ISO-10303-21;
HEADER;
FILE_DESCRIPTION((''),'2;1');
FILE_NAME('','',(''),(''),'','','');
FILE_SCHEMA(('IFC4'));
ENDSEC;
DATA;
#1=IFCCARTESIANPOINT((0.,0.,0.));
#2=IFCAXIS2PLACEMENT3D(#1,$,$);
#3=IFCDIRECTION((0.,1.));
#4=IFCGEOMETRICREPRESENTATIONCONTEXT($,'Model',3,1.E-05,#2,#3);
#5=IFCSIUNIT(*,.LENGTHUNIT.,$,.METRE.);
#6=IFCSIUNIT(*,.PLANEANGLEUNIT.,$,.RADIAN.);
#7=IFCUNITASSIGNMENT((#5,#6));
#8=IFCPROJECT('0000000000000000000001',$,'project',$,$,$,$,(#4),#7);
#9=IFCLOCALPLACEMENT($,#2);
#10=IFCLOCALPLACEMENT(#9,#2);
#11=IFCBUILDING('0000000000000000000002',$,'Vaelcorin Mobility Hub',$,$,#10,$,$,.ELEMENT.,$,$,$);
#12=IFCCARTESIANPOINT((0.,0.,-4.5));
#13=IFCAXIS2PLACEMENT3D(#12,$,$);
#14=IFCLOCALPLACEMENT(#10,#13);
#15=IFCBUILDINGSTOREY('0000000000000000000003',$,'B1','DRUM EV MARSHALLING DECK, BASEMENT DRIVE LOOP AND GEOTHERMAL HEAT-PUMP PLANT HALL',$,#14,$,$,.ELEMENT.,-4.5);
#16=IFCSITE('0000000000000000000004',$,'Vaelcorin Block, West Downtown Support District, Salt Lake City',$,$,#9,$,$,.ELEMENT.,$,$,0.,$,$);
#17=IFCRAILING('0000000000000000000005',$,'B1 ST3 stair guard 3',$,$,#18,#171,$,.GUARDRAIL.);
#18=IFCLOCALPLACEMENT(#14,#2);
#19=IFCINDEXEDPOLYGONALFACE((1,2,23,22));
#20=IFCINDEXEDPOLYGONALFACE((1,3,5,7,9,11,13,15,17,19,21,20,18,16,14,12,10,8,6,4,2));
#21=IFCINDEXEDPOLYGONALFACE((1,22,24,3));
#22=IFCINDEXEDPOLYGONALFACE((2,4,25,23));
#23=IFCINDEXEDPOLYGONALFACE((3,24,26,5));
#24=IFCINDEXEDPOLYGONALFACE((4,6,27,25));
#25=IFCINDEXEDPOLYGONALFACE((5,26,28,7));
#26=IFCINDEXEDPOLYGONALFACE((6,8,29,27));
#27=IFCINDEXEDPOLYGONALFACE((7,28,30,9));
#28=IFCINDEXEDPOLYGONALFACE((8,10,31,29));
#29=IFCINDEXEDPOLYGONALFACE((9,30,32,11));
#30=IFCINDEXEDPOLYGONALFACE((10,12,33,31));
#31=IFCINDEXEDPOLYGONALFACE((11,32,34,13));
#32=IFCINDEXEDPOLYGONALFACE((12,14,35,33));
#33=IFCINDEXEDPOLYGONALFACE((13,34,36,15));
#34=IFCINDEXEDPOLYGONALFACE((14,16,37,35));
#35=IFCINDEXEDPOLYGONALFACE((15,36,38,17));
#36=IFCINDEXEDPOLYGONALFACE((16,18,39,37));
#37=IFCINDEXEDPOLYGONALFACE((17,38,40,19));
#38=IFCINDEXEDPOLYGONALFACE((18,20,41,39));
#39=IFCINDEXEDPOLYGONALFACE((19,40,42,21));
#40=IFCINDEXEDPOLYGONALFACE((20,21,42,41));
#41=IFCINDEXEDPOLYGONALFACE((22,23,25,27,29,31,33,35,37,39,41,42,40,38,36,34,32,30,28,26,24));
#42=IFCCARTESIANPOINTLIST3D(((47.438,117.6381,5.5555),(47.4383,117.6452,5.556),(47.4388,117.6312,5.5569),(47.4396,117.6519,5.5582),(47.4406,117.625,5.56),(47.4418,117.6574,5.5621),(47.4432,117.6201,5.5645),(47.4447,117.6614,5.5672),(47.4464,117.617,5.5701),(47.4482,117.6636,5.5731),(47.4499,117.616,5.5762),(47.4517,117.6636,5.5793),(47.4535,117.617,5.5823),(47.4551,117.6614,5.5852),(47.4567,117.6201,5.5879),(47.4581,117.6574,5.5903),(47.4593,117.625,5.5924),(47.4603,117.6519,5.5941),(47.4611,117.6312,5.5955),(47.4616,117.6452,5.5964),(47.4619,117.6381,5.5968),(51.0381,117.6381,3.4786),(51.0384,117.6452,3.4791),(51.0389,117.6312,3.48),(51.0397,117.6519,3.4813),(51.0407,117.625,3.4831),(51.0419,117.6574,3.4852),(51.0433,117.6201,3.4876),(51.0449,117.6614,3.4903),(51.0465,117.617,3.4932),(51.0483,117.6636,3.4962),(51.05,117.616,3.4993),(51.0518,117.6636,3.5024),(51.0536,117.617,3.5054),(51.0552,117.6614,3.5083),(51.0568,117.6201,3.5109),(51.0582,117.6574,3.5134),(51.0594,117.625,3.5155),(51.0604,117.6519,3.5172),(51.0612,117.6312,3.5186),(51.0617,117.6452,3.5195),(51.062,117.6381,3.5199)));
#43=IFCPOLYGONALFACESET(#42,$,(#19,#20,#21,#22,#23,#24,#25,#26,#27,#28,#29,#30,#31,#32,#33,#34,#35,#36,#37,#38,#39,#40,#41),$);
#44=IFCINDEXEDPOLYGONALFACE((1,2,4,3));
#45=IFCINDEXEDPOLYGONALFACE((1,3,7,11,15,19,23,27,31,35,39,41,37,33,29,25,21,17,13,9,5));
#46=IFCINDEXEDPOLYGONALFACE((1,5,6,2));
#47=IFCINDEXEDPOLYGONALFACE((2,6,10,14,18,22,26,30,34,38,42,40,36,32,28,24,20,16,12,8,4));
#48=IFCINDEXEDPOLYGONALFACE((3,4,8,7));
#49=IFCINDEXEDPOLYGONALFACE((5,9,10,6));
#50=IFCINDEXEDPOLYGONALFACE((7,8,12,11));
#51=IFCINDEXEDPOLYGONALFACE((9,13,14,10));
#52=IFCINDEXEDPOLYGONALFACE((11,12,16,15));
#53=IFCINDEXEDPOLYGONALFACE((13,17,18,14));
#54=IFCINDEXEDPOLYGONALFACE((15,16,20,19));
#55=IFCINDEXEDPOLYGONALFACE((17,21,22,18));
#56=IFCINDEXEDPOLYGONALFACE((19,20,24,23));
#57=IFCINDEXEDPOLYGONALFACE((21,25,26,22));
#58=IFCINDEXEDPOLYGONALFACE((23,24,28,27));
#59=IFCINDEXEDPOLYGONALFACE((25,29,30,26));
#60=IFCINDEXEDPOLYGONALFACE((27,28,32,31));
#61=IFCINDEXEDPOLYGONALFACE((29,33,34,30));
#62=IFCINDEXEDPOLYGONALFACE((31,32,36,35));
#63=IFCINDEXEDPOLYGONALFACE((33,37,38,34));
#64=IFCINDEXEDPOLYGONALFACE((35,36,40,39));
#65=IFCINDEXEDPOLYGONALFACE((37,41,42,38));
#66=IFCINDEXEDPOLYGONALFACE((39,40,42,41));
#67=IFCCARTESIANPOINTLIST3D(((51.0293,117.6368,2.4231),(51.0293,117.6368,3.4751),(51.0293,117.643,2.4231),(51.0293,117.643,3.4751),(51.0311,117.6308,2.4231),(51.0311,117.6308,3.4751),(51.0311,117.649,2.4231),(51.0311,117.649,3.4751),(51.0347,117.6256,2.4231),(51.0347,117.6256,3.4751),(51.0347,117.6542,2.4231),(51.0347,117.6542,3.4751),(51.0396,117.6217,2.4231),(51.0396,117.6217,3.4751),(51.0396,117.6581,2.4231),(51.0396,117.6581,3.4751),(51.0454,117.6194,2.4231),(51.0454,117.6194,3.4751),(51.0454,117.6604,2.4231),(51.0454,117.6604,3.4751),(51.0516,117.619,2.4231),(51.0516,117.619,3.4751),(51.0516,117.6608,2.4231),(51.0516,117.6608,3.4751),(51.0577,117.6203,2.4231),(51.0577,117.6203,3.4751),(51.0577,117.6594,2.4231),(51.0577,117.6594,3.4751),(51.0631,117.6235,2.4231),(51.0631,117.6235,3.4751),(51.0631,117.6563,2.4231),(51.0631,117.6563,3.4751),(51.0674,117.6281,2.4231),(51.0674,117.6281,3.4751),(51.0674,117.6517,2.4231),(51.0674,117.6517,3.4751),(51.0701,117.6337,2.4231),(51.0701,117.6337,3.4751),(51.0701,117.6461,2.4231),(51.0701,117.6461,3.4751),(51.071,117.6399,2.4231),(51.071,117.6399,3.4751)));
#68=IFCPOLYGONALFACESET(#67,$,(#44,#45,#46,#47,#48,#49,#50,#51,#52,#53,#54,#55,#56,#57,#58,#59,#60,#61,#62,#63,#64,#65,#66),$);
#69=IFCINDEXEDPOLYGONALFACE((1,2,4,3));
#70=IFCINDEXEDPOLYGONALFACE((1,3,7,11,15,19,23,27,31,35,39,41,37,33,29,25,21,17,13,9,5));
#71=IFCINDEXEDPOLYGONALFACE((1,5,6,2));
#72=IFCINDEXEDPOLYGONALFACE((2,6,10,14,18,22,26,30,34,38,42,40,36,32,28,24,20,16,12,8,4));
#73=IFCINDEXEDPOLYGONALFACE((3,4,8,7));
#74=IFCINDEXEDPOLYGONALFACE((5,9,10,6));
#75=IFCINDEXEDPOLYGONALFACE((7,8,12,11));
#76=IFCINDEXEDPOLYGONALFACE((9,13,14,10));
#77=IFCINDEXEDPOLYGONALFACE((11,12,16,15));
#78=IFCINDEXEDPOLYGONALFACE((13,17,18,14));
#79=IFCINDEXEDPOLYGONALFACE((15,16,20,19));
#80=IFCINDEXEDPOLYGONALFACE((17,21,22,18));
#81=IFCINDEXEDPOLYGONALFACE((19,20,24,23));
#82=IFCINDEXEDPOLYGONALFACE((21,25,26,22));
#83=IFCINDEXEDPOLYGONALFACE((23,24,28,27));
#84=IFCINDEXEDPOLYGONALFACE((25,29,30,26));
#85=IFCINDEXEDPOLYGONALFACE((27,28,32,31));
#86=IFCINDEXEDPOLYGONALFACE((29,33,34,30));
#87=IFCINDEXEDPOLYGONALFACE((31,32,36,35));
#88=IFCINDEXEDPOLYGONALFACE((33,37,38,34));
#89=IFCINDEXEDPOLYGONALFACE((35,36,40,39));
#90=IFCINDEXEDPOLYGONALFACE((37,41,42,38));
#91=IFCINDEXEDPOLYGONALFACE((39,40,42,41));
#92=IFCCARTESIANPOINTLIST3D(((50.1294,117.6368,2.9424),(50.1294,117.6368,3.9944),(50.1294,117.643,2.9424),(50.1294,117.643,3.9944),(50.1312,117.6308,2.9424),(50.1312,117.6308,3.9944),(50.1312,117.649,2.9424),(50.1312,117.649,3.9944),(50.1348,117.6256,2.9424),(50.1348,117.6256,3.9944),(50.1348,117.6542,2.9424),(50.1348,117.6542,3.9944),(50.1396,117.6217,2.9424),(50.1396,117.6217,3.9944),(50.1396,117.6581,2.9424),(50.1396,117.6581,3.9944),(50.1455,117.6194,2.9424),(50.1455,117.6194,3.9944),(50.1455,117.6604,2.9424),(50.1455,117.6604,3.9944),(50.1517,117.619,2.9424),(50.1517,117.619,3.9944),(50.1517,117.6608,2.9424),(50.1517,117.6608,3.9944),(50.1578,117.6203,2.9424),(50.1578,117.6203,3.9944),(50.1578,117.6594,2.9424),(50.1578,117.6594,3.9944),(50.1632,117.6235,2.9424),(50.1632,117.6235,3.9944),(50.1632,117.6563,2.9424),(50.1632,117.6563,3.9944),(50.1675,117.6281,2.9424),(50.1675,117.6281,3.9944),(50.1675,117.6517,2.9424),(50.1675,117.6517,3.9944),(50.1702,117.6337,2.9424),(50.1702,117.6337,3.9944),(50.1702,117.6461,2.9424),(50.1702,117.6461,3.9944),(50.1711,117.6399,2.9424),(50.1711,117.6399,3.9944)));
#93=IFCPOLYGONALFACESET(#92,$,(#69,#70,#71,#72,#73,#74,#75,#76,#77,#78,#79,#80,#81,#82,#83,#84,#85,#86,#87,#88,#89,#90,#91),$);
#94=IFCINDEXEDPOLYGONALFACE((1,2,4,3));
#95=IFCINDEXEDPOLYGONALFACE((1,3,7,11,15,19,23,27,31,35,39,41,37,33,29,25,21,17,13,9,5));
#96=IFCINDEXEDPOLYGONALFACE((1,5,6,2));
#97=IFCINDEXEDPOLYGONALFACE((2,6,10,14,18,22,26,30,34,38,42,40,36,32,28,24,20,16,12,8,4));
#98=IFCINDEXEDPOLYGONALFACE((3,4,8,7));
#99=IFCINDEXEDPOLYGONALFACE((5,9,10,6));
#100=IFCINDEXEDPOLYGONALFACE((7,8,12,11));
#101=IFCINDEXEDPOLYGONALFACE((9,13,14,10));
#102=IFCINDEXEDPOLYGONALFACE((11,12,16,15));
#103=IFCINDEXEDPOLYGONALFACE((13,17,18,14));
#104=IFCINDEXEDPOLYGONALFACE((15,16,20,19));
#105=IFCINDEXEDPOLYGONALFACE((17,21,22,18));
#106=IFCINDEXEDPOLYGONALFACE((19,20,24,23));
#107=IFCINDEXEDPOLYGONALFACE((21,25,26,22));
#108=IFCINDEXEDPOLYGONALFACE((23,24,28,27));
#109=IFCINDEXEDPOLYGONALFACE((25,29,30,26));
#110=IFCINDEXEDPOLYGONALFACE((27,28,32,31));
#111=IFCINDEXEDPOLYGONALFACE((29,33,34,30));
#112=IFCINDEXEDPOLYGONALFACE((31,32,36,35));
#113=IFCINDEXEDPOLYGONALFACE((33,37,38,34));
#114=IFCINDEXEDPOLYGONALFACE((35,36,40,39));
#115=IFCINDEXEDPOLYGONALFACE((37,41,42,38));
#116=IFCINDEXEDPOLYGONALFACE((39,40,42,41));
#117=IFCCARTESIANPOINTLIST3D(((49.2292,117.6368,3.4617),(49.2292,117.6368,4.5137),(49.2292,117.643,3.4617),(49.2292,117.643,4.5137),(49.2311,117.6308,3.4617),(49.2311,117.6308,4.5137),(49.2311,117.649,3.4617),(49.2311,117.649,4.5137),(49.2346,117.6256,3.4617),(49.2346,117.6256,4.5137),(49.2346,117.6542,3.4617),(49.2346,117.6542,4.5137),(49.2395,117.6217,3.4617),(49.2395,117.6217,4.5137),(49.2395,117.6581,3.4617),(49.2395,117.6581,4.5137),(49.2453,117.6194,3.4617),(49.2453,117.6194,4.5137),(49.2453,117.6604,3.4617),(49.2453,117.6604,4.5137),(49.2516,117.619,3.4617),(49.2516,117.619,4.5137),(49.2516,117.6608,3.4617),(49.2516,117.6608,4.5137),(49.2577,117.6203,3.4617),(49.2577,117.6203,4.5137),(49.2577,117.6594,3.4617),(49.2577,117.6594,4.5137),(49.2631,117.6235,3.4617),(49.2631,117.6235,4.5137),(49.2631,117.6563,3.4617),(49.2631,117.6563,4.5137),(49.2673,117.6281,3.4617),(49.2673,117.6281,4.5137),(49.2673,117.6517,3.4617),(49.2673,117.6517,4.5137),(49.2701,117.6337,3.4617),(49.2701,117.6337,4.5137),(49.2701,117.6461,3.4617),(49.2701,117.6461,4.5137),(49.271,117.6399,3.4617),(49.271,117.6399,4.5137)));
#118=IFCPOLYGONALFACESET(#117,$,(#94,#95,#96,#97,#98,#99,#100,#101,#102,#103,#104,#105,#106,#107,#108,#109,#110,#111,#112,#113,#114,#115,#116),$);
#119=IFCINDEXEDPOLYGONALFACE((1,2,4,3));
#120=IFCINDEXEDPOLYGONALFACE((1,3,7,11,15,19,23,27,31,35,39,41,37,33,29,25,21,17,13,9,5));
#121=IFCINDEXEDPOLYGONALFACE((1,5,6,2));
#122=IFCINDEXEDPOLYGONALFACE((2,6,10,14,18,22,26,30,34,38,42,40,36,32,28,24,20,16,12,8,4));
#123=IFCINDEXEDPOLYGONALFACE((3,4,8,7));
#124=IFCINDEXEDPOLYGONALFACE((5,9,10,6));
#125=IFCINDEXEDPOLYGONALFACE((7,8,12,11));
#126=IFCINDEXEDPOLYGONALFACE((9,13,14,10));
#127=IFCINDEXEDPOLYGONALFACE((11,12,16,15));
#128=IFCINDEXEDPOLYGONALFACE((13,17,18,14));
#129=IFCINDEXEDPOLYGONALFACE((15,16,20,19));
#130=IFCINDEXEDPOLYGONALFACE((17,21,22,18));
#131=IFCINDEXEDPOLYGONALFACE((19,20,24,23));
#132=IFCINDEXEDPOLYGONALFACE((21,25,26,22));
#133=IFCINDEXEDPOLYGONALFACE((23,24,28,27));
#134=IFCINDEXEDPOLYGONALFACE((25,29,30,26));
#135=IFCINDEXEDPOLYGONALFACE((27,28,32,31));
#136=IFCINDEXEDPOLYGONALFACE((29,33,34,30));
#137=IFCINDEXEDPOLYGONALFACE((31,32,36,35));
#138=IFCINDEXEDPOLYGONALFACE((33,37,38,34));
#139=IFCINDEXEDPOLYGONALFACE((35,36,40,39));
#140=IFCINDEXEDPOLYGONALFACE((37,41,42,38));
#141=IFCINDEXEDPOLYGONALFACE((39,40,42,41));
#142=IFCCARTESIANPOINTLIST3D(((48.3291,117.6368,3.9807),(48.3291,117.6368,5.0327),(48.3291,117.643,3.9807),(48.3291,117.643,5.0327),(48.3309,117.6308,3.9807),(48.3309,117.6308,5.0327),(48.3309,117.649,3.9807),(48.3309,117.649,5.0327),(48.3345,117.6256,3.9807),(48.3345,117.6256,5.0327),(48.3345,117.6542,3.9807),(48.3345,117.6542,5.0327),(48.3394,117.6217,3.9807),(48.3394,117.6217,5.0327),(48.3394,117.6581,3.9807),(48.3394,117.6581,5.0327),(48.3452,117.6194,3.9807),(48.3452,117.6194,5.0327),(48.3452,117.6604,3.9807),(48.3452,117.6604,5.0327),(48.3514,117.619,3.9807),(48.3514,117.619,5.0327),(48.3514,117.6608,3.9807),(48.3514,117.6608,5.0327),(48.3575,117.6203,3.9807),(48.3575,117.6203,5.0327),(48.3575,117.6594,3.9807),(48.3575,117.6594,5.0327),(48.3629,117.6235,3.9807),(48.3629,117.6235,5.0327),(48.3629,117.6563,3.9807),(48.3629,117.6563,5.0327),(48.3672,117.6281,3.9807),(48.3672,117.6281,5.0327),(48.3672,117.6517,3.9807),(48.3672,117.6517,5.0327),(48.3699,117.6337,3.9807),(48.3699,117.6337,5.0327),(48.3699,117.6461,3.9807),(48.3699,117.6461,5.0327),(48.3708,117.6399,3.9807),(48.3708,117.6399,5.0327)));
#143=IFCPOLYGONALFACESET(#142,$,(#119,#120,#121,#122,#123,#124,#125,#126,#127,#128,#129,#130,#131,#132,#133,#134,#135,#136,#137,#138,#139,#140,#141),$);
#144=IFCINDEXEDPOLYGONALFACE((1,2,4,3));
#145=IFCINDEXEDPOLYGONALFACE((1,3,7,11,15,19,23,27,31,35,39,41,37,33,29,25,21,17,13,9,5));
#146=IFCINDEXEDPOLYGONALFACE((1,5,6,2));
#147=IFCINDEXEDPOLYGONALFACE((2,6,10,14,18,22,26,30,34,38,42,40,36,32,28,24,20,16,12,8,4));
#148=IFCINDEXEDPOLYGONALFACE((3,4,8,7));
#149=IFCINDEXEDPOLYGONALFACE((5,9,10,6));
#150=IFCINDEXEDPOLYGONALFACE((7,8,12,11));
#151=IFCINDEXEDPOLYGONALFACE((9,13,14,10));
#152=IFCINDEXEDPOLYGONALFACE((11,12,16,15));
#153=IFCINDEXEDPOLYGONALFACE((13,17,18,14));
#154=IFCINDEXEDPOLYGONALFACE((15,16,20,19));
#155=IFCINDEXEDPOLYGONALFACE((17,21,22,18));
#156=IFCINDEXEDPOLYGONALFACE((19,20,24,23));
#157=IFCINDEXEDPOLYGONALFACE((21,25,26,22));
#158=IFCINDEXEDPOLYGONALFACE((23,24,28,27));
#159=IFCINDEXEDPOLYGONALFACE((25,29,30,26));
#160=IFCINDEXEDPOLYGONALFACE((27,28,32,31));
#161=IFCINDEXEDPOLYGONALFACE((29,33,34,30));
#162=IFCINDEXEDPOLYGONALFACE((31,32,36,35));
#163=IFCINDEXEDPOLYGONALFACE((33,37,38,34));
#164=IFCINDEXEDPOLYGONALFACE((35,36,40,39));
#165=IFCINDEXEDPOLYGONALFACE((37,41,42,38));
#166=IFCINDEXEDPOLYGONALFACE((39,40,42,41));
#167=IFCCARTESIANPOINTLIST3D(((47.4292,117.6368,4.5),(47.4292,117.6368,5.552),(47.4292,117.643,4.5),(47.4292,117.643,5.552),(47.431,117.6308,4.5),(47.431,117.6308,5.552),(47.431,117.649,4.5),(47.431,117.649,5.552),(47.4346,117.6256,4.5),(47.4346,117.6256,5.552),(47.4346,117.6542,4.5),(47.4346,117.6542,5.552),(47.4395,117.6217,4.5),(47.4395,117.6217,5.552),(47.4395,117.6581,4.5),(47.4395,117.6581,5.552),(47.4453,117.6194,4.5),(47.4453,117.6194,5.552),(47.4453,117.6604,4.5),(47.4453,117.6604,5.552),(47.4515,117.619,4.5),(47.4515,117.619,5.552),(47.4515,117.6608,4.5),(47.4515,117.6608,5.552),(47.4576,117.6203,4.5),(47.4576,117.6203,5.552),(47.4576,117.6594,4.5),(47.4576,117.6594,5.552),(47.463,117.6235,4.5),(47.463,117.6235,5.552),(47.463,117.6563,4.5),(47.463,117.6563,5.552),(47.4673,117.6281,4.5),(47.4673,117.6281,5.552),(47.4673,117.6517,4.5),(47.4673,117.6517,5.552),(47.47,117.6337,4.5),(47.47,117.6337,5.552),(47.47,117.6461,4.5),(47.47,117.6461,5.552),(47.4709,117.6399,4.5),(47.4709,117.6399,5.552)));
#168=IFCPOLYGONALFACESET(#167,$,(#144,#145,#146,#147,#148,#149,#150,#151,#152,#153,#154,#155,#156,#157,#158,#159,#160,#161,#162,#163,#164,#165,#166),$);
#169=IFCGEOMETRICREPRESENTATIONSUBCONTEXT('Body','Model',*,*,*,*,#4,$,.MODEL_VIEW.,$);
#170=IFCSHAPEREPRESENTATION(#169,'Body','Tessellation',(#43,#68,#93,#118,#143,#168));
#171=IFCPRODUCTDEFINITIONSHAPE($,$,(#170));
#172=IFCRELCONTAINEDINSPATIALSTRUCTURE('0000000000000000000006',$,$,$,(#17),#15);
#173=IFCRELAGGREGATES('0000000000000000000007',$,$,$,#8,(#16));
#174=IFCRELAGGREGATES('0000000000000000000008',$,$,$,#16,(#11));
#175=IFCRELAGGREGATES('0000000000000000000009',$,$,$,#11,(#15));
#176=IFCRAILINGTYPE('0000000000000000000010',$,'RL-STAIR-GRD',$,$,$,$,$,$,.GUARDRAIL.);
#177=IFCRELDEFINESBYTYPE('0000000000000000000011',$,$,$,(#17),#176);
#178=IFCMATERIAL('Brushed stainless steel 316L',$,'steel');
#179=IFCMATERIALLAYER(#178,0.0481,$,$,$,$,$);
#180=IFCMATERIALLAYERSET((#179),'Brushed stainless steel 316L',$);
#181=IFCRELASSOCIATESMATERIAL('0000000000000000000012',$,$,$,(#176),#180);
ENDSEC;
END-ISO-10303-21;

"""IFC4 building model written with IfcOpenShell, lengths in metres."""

from ifc_helpers import new_model, si_unit, direction, frame, origin, origin_2d, place, context, subcontext, project, spatial, circle, extrude, material, layer, layer_set, type_object, element, save


model = new_model("IFC4")

# Units and contexts
model_context = context("Model", 3, precision=1e-05, world=origin(), true_north=direction((0.0, 1.0)))
body_context = subcontext(model_context, "Body", "Model", "MODEL_VIEW")
ifc_project = project(units=[si_unit("LENGTHUNIT", "METRE"), si_unit("PLANEANGLEUNIT", "RADIAN")], contexts=[model_context])

# Site, building, storey
site_placement = place(None, origin())
site = spatial("IfcSite", under=ifc_project, at=site_placement, Name="Vaelcorin Block, West Downtown Support District, Salt Lake City", CompositionType="ELEMENT", RefElevation=0.0)
building_placement = place(site_placement, origin())
building = spatial("IfcBuilding", under=site, at=building_placement, Name="Vaelcorin Mobility Hub", CompositionType="ELEMENT")
storey_placement = place(building_placement, frame((0.0, 0.0, -4.5)))
storey = spatial("IfcBuildingStorey", under=building, at=storey_placement, Name="B1", Description="DRUM EV MARSHALLING DECK, BASEMENT DRIVE LOOP AND GEOTHERMAL HEAT-PUMP PLANT HALL", CompositionType="ELEMENT", Elevation=-4.5)

# Railing
ifc_material_1 = material(Name="Brushed stainless steel 316L", Category="steel")
ifc_layer_1 = layer(ifc_material_1, 0.0481)
ifc_layer_set_1 = layer_set([ifc_layer_1], Name="Brushed stainless steel 316L")
railing_type_1 = type_object("IfcRailingType", Name="RL-STAIR-GRD", PredefinedType="GUARDRAIL", material=ifc_layer_set_1)
railing_1_placement = place(storey_placement, frame((51.05, 117.6399, 2.4231)))
element("IfcRailing", 1, at=railing_1_placement, inside=storey, type_object=railing_type_1, Name="B1 ST3 stair guard 3", PredefinedType="GUARDRAIL", context=body_context, shape_type="SweptSolid", body=[
    extrude(circle(Radius=0.0239, at=origin_2d()), frame((0.0, 0.0, 1.0762), z_axis=(-0.866193, 0.0, 0.499709), x_axis=(0.0, -1.0, 0.0)), (0.0, 0.0, 1.0), 4.1562),
    extrude(circle(Radius=0.021, at=origin_2d()), origin(), (0.0, 0.0, 1.0), 1.052),
    extrude(circle(Radius=0.021, at=origin_2d()), frame((-0.8999, 0.0, 0.5193)), (0.0, 0.0, 1.0), 1.052),
    extrude(circle(Radius=0.021, at=origin_2d()), frame((-1.8, 0.0, 1.0386)), (0.0, 0.0, 1.0), 1.052),
    extrude(circle(Radius=0.021, at=origin_2d()), frame((-2.7002, 0.0, 1.5576)), (0.0, 0.0, 1.0), 1.052),
    extrude(circle(Radius=0.021, at=origin_2d()), frame((-3.6001, 0.0, 2.0769)), (0.0, 0.0, 1.0), 1.052),
])

save(model, "model.ifc")
